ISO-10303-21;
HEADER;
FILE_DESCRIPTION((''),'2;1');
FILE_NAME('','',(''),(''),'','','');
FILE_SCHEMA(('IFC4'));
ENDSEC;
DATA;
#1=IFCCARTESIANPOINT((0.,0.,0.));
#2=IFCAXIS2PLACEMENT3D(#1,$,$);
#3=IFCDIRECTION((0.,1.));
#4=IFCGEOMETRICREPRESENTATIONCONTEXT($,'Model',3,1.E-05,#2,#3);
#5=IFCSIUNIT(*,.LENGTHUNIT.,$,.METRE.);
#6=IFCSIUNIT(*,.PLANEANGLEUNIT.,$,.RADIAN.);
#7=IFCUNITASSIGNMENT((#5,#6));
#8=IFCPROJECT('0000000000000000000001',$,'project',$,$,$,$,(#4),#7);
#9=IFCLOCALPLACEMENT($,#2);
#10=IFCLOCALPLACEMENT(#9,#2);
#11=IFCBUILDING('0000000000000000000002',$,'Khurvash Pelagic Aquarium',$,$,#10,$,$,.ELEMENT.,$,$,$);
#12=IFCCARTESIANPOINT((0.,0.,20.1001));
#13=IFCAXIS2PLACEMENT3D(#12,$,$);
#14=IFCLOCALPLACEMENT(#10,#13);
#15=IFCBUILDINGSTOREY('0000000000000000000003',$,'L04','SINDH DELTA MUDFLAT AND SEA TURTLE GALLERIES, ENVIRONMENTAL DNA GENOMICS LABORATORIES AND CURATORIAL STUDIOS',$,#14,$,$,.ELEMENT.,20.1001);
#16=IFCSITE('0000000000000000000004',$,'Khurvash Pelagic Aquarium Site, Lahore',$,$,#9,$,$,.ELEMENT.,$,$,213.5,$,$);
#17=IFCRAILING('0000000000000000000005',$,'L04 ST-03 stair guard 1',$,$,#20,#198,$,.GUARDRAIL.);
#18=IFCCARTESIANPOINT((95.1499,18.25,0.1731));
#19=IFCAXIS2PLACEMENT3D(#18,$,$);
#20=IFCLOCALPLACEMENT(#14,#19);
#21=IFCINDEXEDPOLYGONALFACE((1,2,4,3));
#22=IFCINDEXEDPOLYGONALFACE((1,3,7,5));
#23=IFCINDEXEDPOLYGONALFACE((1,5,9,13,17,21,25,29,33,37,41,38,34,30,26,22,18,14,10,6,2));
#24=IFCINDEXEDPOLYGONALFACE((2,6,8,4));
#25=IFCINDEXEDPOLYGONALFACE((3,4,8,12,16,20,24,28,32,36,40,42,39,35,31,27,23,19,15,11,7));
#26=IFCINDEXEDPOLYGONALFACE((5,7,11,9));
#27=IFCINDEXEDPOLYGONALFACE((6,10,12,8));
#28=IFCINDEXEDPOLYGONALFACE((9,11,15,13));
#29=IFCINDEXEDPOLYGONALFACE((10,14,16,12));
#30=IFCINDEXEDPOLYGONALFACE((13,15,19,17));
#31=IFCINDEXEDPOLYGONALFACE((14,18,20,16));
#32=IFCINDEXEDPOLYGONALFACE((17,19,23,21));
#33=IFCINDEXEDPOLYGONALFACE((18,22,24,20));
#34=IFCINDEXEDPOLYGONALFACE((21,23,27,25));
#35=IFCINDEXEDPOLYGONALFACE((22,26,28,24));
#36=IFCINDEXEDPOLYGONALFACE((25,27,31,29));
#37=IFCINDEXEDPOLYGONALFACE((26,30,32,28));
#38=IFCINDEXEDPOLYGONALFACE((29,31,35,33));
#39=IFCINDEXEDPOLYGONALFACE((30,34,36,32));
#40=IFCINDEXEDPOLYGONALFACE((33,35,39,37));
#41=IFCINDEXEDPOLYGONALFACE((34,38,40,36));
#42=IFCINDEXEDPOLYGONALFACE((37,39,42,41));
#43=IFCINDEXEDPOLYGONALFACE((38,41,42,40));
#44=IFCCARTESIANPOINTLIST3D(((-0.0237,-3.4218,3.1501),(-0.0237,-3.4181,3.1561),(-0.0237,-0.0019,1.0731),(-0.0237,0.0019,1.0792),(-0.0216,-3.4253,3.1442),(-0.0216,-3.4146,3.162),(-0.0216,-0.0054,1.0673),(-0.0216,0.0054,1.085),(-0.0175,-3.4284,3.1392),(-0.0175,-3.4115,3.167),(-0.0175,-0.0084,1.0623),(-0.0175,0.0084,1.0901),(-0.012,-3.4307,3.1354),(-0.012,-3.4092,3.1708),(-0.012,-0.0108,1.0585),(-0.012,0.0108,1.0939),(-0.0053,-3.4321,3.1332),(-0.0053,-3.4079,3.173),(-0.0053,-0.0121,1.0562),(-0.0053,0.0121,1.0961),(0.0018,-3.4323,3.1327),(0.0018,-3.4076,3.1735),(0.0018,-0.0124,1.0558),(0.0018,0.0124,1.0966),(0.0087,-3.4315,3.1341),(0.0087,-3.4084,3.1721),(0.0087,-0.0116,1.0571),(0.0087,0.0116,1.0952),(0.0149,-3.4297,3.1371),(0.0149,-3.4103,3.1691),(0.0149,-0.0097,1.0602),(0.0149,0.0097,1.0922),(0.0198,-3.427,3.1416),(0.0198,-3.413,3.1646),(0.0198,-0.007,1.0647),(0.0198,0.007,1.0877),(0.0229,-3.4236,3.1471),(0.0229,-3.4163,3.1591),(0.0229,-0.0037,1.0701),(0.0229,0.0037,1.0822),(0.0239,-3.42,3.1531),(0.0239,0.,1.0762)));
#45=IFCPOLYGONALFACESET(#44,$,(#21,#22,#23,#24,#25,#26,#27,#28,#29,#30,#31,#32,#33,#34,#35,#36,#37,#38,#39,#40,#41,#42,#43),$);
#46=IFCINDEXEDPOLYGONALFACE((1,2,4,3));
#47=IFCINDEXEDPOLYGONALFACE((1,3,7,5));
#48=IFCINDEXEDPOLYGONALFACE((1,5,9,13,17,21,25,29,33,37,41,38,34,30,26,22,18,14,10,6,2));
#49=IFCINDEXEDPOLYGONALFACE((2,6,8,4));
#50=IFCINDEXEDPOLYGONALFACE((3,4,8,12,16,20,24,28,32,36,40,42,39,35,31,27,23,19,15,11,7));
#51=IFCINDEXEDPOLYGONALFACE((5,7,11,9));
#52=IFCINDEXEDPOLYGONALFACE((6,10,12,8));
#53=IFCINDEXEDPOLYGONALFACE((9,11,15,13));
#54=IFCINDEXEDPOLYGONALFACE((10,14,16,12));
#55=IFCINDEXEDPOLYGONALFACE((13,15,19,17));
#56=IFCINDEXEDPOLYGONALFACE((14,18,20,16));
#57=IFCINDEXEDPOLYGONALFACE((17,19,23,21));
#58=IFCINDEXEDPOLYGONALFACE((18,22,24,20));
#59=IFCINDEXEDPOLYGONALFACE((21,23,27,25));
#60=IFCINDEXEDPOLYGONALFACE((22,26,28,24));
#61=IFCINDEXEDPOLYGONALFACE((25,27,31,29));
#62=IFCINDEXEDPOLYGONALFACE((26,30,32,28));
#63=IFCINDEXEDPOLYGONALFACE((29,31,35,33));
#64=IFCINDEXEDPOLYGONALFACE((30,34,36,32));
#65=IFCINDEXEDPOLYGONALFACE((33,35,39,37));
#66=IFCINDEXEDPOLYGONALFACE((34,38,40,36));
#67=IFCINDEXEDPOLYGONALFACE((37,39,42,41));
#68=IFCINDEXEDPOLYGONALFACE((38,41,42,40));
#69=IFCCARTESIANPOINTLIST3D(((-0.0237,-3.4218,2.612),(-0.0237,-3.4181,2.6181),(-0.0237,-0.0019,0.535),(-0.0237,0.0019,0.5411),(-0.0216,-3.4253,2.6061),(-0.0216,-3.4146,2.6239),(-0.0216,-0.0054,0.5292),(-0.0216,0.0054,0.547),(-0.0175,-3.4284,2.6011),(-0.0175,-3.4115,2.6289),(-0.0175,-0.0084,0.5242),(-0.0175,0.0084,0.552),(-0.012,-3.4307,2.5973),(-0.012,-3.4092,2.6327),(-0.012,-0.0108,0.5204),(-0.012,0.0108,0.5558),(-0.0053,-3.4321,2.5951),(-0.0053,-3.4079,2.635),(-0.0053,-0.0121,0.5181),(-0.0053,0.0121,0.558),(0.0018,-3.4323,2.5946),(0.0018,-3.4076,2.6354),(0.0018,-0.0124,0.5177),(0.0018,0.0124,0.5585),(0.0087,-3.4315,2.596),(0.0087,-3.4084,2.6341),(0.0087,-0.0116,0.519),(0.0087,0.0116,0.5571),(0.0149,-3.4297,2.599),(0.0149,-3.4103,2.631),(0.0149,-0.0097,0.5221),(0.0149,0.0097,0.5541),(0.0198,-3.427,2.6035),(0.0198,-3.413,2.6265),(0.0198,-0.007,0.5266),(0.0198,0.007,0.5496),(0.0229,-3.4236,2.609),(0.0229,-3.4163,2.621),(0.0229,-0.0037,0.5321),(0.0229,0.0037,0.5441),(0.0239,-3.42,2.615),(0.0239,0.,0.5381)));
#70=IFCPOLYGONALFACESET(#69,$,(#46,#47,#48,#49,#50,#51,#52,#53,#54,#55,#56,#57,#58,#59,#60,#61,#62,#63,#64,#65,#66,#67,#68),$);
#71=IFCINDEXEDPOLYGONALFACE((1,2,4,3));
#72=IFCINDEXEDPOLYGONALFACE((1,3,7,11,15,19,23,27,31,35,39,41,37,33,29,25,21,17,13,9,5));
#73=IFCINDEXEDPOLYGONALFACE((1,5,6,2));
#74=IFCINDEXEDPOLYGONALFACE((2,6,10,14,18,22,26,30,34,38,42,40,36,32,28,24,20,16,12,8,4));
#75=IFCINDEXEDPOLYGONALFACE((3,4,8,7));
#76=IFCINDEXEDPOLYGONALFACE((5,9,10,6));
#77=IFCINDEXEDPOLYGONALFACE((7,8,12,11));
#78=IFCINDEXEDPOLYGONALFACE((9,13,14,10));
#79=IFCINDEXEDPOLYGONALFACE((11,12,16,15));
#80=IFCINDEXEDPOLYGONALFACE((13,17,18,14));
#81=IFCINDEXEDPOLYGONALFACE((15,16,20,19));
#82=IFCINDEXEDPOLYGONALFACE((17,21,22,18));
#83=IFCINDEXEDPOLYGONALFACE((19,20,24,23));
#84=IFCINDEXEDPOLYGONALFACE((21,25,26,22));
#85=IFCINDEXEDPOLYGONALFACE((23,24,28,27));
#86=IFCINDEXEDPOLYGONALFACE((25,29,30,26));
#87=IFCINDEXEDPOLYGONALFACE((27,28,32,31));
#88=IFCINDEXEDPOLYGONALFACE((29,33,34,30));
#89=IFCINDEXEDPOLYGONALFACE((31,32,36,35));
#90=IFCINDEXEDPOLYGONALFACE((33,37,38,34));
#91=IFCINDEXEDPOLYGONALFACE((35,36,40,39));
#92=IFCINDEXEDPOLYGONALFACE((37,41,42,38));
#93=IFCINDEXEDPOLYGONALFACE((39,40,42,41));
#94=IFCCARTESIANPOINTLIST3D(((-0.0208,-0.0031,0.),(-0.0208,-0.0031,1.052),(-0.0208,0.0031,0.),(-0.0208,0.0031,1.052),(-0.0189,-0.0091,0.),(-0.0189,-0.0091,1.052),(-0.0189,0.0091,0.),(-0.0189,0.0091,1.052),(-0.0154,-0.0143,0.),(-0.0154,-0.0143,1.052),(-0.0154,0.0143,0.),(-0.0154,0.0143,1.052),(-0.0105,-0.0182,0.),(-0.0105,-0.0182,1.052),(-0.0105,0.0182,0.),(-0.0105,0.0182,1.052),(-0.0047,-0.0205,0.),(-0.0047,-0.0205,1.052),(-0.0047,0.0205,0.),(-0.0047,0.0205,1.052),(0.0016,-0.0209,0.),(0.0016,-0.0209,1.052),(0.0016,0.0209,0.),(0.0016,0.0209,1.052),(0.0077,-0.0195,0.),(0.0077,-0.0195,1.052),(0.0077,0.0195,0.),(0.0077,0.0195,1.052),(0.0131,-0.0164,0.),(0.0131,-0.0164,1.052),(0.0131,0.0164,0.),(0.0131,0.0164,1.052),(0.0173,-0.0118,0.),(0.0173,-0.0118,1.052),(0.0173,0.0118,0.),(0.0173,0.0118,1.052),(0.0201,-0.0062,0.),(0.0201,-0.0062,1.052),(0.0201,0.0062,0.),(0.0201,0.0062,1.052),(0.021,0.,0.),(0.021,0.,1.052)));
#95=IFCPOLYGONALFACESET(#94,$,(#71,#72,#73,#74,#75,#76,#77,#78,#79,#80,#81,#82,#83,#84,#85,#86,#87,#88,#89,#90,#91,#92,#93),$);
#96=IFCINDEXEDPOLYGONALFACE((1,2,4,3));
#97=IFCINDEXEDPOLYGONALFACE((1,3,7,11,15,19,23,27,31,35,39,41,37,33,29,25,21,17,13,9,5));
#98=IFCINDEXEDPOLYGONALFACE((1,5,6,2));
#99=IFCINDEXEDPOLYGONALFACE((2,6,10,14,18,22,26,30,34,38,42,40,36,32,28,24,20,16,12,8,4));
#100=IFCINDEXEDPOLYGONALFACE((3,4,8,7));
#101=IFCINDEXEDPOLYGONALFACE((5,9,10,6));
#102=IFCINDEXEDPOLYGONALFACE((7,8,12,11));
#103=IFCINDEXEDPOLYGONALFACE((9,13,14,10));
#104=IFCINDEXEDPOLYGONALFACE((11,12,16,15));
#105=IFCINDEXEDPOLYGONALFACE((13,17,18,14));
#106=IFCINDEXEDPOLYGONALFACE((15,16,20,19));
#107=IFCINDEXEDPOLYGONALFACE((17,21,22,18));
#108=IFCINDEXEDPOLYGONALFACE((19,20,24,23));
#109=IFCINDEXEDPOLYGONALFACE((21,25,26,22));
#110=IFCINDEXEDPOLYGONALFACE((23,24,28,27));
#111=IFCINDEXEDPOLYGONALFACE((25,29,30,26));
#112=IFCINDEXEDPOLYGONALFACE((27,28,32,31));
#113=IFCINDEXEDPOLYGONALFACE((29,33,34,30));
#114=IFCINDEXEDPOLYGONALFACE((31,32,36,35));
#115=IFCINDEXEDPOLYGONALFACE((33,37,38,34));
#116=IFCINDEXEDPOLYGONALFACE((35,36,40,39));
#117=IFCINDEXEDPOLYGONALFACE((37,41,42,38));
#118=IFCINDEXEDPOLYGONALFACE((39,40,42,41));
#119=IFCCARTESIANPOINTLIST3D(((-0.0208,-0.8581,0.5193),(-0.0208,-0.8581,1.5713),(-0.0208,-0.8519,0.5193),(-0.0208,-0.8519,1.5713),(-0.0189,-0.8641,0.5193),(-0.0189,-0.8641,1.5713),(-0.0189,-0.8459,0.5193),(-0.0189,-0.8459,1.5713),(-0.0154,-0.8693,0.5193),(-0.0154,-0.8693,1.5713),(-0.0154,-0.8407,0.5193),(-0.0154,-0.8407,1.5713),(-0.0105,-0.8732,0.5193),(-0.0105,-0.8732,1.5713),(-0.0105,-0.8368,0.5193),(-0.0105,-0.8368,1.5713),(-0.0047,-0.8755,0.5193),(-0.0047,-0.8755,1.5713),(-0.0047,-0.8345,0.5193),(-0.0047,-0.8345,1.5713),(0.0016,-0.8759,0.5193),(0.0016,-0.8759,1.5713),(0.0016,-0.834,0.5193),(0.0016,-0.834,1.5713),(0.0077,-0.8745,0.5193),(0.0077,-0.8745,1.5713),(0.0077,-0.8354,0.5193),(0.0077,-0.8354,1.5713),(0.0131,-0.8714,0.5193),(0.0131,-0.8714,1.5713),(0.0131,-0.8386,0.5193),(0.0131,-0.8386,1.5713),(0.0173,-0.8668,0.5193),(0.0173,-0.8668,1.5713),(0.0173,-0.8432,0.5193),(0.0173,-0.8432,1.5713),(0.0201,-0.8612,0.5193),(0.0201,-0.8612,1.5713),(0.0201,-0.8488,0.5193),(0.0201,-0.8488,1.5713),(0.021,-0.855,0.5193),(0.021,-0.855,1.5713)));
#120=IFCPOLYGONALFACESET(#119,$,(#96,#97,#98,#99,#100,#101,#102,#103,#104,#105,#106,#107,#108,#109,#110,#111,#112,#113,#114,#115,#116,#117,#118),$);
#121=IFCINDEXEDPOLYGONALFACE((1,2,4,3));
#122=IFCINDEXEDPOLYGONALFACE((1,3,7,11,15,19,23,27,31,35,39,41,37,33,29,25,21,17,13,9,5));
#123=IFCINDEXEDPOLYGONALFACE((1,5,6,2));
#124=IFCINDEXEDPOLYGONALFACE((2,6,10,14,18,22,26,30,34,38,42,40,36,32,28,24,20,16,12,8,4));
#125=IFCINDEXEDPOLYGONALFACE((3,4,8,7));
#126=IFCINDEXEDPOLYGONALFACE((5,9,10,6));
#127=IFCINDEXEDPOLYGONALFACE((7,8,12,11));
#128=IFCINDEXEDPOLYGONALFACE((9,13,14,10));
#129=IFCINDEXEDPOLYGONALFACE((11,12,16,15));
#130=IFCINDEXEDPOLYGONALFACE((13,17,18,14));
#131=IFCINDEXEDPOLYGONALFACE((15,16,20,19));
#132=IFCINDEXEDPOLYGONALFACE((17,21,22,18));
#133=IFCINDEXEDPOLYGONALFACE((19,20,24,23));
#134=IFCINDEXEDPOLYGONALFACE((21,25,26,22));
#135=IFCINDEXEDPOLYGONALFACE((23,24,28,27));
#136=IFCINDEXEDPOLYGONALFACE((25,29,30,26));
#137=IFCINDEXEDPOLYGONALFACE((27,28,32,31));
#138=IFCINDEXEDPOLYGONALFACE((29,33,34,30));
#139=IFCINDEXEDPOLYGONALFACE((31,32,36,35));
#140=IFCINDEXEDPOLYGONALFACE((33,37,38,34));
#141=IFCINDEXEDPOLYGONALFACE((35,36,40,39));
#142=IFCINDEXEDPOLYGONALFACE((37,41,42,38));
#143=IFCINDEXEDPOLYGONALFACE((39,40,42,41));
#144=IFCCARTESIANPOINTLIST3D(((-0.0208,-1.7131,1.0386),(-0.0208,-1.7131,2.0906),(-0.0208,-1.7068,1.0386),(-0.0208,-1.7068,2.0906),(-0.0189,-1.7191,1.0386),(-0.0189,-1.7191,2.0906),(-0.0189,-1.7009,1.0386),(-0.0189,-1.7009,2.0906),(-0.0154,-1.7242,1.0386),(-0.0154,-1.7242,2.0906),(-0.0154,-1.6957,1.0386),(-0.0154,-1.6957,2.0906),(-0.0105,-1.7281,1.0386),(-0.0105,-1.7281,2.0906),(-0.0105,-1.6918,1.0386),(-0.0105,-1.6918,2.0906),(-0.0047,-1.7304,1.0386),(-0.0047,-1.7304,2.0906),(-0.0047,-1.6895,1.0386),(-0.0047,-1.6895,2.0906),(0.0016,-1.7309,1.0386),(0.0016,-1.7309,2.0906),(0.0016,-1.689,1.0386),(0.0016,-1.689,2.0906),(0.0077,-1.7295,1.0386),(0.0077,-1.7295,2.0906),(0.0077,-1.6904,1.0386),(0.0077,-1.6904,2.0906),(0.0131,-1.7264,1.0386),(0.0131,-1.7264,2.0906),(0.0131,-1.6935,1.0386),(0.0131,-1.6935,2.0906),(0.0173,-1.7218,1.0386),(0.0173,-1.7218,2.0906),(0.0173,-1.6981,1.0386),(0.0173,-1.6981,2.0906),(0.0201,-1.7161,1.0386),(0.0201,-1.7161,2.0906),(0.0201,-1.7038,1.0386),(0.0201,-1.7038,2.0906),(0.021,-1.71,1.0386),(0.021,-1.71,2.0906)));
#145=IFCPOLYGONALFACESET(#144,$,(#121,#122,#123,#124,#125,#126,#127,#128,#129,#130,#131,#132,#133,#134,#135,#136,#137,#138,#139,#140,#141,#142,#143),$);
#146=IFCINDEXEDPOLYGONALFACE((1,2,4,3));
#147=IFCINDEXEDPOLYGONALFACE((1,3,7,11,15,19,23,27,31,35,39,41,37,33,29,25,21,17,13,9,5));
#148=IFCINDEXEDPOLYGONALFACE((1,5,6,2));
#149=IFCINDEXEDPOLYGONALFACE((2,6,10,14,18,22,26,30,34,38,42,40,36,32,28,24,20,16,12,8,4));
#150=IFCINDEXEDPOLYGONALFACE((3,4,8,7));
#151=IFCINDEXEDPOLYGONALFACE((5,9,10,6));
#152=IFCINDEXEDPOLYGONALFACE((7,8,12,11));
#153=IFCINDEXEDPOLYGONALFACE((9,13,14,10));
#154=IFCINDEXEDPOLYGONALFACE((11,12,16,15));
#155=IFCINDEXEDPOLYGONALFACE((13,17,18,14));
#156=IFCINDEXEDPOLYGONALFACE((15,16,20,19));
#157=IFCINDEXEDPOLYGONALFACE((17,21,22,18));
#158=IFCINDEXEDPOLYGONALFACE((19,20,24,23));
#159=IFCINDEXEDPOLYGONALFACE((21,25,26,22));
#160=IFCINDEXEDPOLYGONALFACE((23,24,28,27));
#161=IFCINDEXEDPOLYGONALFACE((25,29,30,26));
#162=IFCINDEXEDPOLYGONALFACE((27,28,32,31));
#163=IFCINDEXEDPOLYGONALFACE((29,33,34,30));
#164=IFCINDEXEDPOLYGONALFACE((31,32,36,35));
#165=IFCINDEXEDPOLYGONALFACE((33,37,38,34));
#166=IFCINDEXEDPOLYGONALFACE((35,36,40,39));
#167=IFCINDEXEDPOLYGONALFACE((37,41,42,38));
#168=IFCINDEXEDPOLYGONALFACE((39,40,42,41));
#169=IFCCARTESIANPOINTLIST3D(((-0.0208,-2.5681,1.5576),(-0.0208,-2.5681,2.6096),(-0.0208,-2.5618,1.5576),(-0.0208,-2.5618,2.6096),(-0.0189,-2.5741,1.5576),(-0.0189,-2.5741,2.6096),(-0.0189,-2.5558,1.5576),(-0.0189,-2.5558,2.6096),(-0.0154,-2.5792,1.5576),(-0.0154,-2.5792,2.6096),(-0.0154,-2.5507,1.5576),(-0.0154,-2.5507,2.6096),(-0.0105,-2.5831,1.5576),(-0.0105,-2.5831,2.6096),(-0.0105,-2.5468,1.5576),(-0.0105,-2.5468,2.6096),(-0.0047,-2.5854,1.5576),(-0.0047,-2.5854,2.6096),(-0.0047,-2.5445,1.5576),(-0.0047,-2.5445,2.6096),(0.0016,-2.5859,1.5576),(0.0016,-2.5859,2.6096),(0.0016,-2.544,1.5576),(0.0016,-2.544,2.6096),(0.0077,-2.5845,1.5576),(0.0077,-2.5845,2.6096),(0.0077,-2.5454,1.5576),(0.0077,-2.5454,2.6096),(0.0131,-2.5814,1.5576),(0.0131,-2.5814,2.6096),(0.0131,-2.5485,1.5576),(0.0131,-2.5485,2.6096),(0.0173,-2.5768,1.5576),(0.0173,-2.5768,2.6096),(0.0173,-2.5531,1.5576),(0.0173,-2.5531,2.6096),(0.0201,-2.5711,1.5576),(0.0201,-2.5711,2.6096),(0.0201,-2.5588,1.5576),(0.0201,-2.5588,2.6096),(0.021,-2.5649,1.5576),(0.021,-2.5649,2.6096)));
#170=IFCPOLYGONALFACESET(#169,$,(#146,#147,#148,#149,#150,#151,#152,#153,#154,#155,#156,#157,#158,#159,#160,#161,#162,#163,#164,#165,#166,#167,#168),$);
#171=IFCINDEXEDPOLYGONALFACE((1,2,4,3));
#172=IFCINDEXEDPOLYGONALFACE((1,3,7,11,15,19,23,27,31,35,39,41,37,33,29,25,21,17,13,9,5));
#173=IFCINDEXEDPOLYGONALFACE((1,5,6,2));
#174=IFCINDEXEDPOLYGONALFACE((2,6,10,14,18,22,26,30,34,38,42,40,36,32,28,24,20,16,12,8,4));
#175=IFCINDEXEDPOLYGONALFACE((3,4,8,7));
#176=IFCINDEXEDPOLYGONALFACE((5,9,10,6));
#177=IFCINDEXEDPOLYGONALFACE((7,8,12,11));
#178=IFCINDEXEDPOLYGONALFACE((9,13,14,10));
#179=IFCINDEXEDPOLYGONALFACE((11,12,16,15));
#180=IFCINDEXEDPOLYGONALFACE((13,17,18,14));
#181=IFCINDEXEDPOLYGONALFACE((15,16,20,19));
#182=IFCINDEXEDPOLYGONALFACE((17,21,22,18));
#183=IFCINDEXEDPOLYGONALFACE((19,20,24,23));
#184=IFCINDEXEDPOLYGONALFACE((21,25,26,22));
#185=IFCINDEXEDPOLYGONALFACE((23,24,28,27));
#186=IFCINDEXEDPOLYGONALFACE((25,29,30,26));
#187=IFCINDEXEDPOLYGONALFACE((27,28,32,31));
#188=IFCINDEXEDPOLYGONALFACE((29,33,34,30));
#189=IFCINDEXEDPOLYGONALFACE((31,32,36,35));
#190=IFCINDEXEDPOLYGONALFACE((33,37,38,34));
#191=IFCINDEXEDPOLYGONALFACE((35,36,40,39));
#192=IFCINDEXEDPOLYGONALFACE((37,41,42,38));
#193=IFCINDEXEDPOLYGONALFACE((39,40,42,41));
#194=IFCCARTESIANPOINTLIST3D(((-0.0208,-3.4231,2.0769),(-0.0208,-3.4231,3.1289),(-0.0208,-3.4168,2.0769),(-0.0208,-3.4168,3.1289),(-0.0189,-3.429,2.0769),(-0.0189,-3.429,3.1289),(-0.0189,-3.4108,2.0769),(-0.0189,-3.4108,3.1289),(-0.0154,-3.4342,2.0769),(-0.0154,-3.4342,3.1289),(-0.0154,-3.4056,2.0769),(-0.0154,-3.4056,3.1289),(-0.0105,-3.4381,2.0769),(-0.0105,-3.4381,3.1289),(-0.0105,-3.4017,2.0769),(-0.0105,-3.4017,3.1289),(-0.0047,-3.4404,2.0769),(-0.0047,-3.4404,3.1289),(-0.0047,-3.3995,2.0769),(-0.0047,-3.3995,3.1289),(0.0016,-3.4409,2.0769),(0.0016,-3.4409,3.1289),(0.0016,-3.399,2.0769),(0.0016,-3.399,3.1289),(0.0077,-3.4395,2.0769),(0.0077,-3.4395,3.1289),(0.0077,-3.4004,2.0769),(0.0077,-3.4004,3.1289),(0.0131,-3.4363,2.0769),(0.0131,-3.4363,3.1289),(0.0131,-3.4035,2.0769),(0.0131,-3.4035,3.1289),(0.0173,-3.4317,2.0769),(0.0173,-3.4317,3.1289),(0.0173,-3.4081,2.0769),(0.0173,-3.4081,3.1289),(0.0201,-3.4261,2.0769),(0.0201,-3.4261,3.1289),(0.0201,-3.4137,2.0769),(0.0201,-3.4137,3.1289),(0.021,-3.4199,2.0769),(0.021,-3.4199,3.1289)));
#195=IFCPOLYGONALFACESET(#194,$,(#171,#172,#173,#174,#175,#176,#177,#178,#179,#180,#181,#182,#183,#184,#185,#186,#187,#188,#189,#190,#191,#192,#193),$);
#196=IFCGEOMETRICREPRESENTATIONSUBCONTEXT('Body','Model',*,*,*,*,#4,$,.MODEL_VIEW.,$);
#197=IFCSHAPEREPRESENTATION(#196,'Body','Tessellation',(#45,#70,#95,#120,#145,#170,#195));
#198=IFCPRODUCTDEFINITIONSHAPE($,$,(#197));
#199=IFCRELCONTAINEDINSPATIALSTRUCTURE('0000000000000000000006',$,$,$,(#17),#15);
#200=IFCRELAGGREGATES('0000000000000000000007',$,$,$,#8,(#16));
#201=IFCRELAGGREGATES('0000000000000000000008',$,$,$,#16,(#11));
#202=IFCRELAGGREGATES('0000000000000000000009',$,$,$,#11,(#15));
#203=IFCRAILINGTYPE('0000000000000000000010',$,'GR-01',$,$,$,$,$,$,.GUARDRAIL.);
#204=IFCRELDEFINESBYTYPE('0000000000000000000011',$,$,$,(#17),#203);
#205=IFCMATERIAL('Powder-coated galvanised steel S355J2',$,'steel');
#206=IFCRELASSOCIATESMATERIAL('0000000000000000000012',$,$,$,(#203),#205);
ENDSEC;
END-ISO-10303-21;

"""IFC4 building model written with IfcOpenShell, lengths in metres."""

from ifc_helpers import new_model, si_unit, direction, frame, origin, origin_2d, place, context, subcontext, project, spatial, circle, extrude, material, type_object, element, save


model = new_model("IFC4")

# Units and contexts
model_context = context("Model", 3, precision=1e-05, world=origin(), true_north=direction((0.0, 1.0)))
body_context = subcontext(model_context, "Body", "Model", "MODEL_VIEW")
ifc_project = project(units=[si_unit("LENGTHUNIT", "METRE"), si_unit("PLANEANGLEUNIT", "RADIAN")], contexts=[model_context])

# Site, building, storey
site_placement = place(None, origin())
site = spatial("IfcSite", under=ifc_project, at=site_placement, Name="Khurvash Pelagic Aquarium Site, Lahore", CompositionType="ELEMENT", RefElevation=213.5)
building_placement = place(site_placement, origin())
building = spatial("IfcBuilding", under=site, at=building_placement, Name="Khurvash Pelagic Aquarium", CompositionType="ELEMENT")
storey_placement = place(building_placement, frame((0.0, 0.0, 20.1001)))
storey = spatial("IfcBuildingStorey", under=building, at=storey_placement, Name="L04", Description="SINDH DELTA MUDFLAT AND SEA TURTLE GALLERIES, ENVIRONMENTAL DNA GENOMICS LABORATORIES AND CURATORIAL STUDIOS", CompositionType="ELEMENT", Elevation=20.1001)

# Railing
ifc_material_1 = material(Name="Powder-coated galvanised steel S355J2", Category="steel")
railing_type_1 = type_object("IfcRailingType", Name="GR-01", PredefinedType="GUARDRAIL", material=ifc_material_1)
railing_1_placement = place(storey_placement, frame((95.1499, 18.25, 0.1731)))
element("IfcRailing", 1, at=railing_1_placement, inside=storey, type_object=railing_type_1, Name="L04 ST-03 stair guard 1", PredefinedType="GUARDRAIL", context=body_context, shape_type="SweptSolid", body=[
    extrude(circle(Radius=0.0239, at=origin_2d()), frame((0.0, 0.0, 1.0762), z_axis=(0.0, -0.85473, 0.519074), x_axis=(1.0, 0.0, 0.0)), (0.0, 0.0, 1.0), 4.0012),
    extrude(circle(Radius=0.0239, at=origin_2d()), frame((0.0, 0.0, 0.5381), z_axis=(0.0, -0.85473, 0.519074), x_axis=(1.0, 0.0, 0.0)), (0.0, 0.0, 1.0), 4.0012),
    extrude(circle(Radius=0.021, at=origin_2d()), origin(), (0.0, 0.0, 1.0), 1.052),
    extrude(circle(Radius=0.021, at=origin_2d()), frame((0.0, -0.855, 0.5193)), (0.0, 0.0, 1.0), 1.052),
    extrude(circle(Radius=0.021, at=origin_2d()), frame((0.0, -1.71, 1.0386)), (0.0, 0.0, 1.0), 1.052),
    extrude(circle(Radius=0.021, at=origin_2d()), frame((0.0, -2.5649, 1.5576)), (0.0, 0.0, 1.0), 1.052),
    extrude(circle(Radius=0.021, at=origin_2d()), frame((0.0, -3.4199, 2.0769)), (0.0, 0.0, 1.0), 1.052),
])

save(model, "model.ifc")
